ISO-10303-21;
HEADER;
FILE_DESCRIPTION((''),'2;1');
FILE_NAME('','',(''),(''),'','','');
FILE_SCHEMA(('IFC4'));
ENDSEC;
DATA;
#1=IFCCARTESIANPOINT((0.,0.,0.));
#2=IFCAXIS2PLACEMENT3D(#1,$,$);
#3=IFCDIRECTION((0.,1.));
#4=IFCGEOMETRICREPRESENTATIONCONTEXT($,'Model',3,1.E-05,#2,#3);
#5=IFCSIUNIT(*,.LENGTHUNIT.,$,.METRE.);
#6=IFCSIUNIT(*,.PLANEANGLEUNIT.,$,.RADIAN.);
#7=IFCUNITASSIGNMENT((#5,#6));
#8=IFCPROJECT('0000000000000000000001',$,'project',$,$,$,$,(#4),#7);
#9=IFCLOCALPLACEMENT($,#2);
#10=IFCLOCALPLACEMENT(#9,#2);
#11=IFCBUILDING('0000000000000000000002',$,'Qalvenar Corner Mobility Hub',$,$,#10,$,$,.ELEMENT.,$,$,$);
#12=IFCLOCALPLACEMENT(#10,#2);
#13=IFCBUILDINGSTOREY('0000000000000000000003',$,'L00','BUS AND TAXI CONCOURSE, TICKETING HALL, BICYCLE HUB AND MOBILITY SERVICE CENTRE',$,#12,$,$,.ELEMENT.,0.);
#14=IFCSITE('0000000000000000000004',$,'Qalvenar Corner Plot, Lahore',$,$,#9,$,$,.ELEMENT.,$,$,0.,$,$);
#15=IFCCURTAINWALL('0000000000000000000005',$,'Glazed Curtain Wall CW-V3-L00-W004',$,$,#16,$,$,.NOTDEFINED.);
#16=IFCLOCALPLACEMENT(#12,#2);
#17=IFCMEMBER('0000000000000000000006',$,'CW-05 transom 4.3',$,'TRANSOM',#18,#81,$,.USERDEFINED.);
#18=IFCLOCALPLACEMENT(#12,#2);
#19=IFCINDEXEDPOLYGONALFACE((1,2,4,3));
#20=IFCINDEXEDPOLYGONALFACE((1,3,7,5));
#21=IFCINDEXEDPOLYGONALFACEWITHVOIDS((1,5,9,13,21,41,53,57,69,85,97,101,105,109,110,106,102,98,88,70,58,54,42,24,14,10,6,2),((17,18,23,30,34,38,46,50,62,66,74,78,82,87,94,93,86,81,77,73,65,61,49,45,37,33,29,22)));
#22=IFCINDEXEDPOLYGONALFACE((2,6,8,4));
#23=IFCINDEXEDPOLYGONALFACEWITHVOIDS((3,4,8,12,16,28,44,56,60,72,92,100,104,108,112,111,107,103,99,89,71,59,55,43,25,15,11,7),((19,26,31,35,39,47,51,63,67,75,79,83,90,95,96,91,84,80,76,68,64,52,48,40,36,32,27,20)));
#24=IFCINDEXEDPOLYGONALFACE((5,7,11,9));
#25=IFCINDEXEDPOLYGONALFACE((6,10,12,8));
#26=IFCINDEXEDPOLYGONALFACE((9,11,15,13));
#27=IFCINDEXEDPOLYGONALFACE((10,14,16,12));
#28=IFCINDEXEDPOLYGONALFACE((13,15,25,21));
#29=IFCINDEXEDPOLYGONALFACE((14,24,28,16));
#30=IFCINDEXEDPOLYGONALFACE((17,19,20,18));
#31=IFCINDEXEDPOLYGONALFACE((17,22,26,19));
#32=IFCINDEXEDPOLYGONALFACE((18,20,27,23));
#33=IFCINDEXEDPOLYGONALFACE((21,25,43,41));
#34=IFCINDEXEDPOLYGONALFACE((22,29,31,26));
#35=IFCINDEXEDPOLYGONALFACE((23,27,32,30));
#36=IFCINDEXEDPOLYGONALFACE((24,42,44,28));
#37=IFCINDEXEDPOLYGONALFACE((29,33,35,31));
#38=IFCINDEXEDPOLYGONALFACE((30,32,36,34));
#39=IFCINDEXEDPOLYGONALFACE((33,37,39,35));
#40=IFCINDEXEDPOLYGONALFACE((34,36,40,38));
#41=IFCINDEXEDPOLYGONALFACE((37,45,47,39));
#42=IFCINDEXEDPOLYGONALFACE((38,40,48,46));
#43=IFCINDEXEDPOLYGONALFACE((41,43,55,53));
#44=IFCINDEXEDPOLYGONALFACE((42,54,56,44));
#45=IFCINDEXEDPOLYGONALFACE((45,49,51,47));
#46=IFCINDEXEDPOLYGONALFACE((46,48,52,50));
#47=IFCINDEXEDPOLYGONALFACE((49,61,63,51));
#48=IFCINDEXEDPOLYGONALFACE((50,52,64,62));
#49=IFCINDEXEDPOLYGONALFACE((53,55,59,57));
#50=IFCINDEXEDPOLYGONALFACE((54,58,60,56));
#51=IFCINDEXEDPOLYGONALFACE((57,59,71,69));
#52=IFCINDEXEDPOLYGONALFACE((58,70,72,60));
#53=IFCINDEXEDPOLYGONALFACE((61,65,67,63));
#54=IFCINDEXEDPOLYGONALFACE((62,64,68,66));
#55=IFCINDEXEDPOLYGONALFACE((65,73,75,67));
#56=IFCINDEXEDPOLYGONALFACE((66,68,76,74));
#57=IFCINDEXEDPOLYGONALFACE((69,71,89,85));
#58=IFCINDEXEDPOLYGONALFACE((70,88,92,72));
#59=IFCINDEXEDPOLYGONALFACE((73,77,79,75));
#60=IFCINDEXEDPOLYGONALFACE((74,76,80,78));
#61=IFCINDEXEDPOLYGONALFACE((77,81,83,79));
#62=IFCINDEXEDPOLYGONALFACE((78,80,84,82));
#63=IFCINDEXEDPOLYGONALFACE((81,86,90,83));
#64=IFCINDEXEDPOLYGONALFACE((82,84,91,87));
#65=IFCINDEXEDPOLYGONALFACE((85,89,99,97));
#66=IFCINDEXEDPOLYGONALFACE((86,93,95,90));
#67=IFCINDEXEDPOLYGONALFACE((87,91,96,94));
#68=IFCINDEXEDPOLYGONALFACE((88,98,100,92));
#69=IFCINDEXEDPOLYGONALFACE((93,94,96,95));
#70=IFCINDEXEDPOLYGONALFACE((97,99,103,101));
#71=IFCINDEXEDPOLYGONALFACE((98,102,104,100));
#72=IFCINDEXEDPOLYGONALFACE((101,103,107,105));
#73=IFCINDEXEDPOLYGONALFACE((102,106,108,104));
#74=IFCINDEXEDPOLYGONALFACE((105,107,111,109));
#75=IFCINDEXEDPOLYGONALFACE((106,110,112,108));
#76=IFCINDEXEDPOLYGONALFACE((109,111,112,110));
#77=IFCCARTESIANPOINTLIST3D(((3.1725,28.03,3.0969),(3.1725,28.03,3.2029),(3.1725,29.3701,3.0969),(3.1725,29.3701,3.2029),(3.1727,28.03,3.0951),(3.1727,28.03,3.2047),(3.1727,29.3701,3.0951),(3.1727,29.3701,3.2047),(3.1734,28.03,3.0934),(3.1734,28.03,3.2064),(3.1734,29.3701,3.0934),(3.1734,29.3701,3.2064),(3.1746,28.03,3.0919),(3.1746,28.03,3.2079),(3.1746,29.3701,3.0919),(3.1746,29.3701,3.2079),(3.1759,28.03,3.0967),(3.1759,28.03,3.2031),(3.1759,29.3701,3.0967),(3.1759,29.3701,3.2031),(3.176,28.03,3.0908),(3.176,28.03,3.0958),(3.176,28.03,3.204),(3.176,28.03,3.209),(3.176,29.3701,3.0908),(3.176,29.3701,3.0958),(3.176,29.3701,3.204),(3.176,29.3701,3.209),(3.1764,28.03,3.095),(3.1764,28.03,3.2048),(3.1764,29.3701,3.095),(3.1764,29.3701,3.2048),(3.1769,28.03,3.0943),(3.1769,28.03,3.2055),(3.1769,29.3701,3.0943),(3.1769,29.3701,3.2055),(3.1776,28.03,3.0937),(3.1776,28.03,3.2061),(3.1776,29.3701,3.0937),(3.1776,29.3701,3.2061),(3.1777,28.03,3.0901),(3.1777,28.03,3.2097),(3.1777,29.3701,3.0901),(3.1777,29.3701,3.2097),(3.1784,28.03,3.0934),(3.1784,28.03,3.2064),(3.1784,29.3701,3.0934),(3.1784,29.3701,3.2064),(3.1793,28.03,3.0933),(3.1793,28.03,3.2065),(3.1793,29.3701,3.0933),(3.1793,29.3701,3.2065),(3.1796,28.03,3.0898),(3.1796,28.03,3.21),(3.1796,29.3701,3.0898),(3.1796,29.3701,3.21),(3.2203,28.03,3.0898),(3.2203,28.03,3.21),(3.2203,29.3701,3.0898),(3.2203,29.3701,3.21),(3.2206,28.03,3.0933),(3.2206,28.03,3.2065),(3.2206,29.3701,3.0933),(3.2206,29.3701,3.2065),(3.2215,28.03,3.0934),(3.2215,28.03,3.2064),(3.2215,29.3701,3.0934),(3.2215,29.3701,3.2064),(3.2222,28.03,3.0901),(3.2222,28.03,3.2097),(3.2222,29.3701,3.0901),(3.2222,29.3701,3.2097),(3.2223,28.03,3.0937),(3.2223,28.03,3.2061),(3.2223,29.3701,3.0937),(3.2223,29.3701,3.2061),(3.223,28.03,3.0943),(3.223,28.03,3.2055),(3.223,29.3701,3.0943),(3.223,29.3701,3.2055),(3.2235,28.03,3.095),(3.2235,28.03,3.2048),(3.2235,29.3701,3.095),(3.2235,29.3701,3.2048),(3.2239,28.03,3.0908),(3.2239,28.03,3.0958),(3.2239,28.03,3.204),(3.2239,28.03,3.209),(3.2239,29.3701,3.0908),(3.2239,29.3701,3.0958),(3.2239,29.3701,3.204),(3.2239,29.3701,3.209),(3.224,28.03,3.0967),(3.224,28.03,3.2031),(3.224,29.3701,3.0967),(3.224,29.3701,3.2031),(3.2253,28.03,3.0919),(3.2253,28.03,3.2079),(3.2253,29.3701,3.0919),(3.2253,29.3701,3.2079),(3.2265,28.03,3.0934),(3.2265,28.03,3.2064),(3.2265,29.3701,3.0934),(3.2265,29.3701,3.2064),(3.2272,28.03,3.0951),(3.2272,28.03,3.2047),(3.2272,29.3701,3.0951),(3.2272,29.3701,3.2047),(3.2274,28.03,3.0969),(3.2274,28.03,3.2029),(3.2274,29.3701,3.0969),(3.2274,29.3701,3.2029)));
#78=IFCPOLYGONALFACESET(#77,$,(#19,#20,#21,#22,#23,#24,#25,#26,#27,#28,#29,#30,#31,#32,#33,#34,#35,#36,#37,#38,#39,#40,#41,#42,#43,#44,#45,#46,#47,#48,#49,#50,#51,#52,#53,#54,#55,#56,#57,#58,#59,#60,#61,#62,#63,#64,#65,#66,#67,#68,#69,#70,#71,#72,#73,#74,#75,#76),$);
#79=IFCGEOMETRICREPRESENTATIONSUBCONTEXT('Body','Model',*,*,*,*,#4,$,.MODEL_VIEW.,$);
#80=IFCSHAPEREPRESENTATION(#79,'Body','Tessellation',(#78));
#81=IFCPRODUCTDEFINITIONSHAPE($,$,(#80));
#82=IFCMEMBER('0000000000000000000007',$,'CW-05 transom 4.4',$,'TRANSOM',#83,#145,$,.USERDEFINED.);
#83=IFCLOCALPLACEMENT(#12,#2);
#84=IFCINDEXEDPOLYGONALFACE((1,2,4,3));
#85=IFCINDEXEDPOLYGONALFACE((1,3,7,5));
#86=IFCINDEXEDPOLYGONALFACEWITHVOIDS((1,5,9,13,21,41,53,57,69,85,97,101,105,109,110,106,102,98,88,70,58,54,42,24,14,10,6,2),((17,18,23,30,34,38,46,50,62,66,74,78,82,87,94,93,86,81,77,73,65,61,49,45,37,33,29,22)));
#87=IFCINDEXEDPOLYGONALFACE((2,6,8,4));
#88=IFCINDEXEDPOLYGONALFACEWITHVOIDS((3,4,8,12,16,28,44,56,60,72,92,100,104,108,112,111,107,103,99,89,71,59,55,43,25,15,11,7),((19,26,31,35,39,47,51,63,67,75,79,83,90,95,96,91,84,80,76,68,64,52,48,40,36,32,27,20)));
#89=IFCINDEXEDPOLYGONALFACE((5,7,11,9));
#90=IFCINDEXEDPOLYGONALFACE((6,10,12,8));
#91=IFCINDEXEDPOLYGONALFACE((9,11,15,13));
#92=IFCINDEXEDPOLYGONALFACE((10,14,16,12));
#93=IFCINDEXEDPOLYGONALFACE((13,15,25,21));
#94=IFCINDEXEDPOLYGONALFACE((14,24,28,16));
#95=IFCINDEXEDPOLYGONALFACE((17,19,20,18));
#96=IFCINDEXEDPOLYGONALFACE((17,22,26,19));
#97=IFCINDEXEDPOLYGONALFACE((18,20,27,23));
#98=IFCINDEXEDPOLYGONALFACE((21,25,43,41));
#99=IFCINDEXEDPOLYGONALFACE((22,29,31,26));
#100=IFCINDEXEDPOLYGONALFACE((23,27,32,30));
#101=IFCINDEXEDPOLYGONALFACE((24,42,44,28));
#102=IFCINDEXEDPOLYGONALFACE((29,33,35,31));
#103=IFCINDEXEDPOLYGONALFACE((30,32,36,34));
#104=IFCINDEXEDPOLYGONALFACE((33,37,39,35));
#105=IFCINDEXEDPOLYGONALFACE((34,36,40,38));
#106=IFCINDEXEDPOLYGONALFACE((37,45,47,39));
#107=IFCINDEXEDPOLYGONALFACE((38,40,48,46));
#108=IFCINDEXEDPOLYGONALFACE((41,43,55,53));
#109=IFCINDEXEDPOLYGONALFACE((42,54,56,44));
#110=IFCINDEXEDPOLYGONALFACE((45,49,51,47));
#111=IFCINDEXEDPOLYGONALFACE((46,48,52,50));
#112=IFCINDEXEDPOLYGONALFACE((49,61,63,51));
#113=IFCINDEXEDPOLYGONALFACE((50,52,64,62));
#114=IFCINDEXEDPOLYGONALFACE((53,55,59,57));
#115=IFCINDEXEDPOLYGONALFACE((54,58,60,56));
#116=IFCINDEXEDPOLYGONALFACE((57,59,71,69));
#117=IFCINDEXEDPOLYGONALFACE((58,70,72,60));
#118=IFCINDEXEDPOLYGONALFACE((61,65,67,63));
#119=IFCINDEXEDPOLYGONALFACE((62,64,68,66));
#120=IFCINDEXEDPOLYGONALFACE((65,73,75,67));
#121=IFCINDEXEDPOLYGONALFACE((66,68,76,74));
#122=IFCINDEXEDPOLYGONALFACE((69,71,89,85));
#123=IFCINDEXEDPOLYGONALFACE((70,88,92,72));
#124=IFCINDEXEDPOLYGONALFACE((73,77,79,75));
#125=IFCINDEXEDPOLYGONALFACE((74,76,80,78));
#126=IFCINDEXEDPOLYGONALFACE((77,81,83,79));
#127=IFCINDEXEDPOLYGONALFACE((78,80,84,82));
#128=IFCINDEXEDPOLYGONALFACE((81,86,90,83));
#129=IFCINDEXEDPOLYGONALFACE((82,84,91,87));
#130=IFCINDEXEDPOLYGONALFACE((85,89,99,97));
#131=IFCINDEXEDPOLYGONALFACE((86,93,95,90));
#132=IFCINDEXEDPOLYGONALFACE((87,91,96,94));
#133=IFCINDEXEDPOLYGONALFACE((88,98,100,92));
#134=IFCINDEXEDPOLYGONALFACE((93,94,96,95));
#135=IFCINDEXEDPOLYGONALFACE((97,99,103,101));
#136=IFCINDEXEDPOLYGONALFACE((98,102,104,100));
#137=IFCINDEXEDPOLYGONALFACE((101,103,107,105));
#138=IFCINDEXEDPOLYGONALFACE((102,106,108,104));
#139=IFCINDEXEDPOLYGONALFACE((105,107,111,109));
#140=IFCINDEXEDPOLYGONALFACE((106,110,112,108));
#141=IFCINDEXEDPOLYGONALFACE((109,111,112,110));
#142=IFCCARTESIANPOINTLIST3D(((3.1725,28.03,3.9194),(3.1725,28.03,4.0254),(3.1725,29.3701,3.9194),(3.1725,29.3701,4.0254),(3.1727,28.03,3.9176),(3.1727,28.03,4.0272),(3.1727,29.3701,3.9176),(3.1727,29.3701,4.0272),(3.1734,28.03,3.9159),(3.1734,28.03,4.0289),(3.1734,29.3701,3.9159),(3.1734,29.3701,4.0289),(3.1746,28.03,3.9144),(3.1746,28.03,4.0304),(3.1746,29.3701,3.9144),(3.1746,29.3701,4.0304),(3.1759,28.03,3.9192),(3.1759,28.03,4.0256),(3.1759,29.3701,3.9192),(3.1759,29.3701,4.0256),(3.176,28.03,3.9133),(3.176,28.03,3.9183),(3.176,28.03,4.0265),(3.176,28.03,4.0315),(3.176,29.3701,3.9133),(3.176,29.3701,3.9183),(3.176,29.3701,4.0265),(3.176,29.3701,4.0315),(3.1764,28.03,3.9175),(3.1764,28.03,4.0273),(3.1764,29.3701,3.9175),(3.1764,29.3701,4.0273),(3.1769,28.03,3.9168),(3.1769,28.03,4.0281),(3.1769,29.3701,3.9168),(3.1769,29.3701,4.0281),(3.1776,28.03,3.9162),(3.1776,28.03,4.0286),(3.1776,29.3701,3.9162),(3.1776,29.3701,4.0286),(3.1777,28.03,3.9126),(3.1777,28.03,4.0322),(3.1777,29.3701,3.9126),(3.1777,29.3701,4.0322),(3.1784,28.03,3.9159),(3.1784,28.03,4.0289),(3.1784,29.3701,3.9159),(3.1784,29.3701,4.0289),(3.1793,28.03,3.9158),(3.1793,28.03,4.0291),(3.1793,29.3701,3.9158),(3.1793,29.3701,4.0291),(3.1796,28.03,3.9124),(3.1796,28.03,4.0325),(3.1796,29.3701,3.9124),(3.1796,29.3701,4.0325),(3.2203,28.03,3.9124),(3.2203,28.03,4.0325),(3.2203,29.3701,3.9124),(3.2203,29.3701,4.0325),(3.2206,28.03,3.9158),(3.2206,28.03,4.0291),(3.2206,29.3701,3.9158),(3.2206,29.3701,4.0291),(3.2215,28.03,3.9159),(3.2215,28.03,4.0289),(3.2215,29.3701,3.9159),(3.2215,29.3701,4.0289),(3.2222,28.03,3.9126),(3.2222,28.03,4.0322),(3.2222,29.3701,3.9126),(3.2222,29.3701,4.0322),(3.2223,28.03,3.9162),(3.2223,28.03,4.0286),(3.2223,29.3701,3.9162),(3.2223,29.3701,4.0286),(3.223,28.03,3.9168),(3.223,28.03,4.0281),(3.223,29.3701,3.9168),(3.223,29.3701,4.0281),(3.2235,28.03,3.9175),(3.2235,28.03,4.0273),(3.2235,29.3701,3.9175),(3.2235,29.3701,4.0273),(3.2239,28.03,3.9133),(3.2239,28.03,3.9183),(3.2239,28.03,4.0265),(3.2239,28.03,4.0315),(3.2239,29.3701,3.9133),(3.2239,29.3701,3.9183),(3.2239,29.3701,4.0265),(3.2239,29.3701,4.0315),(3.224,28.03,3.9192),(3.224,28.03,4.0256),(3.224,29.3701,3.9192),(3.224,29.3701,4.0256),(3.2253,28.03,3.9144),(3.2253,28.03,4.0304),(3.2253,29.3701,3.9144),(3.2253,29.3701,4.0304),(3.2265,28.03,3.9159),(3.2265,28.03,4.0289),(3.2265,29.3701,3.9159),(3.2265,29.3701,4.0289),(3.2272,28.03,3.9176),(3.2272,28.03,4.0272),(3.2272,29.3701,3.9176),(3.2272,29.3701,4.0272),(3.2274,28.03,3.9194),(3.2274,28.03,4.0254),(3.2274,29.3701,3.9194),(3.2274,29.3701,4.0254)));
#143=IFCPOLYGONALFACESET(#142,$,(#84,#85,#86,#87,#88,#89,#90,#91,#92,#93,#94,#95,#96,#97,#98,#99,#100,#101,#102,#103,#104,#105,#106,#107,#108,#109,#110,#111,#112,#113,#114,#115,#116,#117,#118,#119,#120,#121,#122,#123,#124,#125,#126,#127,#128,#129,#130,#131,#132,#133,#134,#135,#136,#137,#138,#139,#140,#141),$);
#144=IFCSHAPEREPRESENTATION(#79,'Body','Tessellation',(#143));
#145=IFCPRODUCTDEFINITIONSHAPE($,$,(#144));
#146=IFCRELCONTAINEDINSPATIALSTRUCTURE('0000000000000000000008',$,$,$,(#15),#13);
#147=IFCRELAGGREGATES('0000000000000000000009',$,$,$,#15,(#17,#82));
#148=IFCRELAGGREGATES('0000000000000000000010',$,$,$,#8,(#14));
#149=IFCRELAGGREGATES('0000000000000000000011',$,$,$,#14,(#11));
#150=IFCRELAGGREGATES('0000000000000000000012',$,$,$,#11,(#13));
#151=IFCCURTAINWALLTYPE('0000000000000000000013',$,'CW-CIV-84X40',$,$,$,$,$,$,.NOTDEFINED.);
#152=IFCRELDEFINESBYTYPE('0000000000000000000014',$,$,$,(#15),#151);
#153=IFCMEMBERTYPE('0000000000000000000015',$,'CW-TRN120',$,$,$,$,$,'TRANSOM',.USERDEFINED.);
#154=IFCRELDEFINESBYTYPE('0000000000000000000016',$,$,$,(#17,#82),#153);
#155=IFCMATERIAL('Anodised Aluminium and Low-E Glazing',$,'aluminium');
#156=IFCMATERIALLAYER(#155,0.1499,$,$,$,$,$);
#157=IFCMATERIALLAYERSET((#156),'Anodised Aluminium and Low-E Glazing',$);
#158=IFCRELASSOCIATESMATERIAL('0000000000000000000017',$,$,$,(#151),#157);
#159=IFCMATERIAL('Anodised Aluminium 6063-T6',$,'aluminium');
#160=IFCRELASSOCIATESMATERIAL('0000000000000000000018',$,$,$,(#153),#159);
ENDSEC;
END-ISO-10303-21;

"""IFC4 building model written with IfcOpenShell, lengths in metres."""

from ifc_helpers import new_model, si_unit, direction, frame, origin, origin_2d, place, context, subcontext, project, spatial, hollow_rectangle, extrude, material, layer, layer_set, material_profile, profile_set, type_object, element, aggregate, save


model = new_model("IFC4")

# Units and contexts
model_context = context("Model", 3, precision=1e-05, world=origin(), true_north=direction((0.0, 1.0)))
body_context = subcontext(model_context, "Body", "Model", "MODEL_VIEW")
ifc_project = project(units=[si_unit("LENGTHUNIT", "METRE"), si_unit("PLANEANGLEUNIT", "RADIAN")], contexts=[model_context])

# Site, building, storey
site_placement = place(None, origin())
site = spatial("IfcSite", under=ifc_project, at=site_placement, Name="Qalvenar Corner Plot, Lahore", CompositionType="ELEMENT", RefElevation=0.0)
building_placement = place(site_placement, origin())
building = spatial("IfcBuilding", under=site, at=building_placement, Name="Qalvenar Corner Mobility Hub", CompositionType="ELEMENT")
storey_placement = place(building_placement, origin())
storey = spatial("IfcBuildingStorey", under=building, at=storey_placement, Name="L00", Description="BUS AND TAXI CONCOURSE, TICKETING HALL, BICYCLE HUB AND MOBILITY SERVICE CENTRE", CompositionType="ELEMENT", Elevation=0.0)

# Curtain wall, members
ifc_material_1 = material(Name="Anodised Aluminium and Low-E Glazing", Category="aluminium")
ifc_layer_1 = layer(ifc_material_1, 0.1499)
ifc_layer_set_1 = layer_set([ifc_layer_1], Name="Anodised Aluminium and Low-E Glazing")
curtain_wall_type = type_object("IfcCurtainWallType", Name="CW-CIV-84X40", PredefinedType="NOTDEFINED", material=ifc_layer_set_1)
curtain_wall_placement = place(storey_placement, origin())
curtain_wall = element("IfcCurtainWall", 1, at=curtain_wall_placement, inside=storey, type_object=curtain_wall_type, Name="Glazed Curtain Wall CW-V3-L00-W004", PredefinedType="NOTDEFINED")
ifc_material_2 = material(Name="Anodised Aluminium 6063-T6", Category="aluminium")
ifc_material_profile_1 = material_profile(ifc_material_2, hollow_rectangle(XDim=0.0549, YDim=0.1201, WallThickness=0.0034, InnerFilletRadius=0.0034, OuterFilletRadius=0.0071, at=origin_2d()), Name="RHS120x55x3.5")
ifc_profile_set_1 = profile_set([ifc_material_profile_1], Name="Anodised Aluminium 6063-T6")
member_type_1 = type_object("IfcMemberType", Name="CW-TRN120", ElementType="TRANSOM", PredefinedType="USERDEFINED", material=ifc_profile_set_1)
member_1_placement = place(storey_placement, frame((3.2, 29.3701, 3.1499), z_axis=(0.0, -1.0, 0.0), x_axis=(1.0, 0.0, 0.0)))
member_1 = element("IfcMember", 2, at=member_1_placement, type_object=member_type_1, Name="CW-05 transom 4.3", ObjectType="TRANSOM", PredefinedType="USERDEFINED", context=body_context, shape_type="SweptSolid", body=[
    extrude(hollow_rectangle(XDim=0.0549, YDim=0.1201, WallThickness=0.0034, InnerFilletRadius=0.0034, OuterFilletRadius=0.0071, at=origin_2d()), origin(), (0.0, 0.0, 1.0), 1.3401),
])
member_2_placement = place(storey_placement, frame((3.2, 29.3701, 3.9724), z_axis=(0.0, -1.0, 0.0), x_axis=(1.0, 0.0, 0.0)))
member_2 = element("IfcMember", 3, at=member_2_placement, type_object=member_type_1, Name="CW-05 transom 4.4", ObjectType="TRANSOM", PredefinedType="USERDEFINED", context=body_context, shape_type="SweptSolid", body=[
    extrude(hollow_rectangle(XDim=0.0549, YDim=0.1201, WallThickness=0.0034, InnerFilletRadius=0.0034, OuterFilletRadius=0.0071, at=origin_2d()), origin(), (0.0, 0.0, 1.0), 1.3401),
])
aggregate(curtain_wall, [member_1, member_2])

save(model, "model.ifc")
